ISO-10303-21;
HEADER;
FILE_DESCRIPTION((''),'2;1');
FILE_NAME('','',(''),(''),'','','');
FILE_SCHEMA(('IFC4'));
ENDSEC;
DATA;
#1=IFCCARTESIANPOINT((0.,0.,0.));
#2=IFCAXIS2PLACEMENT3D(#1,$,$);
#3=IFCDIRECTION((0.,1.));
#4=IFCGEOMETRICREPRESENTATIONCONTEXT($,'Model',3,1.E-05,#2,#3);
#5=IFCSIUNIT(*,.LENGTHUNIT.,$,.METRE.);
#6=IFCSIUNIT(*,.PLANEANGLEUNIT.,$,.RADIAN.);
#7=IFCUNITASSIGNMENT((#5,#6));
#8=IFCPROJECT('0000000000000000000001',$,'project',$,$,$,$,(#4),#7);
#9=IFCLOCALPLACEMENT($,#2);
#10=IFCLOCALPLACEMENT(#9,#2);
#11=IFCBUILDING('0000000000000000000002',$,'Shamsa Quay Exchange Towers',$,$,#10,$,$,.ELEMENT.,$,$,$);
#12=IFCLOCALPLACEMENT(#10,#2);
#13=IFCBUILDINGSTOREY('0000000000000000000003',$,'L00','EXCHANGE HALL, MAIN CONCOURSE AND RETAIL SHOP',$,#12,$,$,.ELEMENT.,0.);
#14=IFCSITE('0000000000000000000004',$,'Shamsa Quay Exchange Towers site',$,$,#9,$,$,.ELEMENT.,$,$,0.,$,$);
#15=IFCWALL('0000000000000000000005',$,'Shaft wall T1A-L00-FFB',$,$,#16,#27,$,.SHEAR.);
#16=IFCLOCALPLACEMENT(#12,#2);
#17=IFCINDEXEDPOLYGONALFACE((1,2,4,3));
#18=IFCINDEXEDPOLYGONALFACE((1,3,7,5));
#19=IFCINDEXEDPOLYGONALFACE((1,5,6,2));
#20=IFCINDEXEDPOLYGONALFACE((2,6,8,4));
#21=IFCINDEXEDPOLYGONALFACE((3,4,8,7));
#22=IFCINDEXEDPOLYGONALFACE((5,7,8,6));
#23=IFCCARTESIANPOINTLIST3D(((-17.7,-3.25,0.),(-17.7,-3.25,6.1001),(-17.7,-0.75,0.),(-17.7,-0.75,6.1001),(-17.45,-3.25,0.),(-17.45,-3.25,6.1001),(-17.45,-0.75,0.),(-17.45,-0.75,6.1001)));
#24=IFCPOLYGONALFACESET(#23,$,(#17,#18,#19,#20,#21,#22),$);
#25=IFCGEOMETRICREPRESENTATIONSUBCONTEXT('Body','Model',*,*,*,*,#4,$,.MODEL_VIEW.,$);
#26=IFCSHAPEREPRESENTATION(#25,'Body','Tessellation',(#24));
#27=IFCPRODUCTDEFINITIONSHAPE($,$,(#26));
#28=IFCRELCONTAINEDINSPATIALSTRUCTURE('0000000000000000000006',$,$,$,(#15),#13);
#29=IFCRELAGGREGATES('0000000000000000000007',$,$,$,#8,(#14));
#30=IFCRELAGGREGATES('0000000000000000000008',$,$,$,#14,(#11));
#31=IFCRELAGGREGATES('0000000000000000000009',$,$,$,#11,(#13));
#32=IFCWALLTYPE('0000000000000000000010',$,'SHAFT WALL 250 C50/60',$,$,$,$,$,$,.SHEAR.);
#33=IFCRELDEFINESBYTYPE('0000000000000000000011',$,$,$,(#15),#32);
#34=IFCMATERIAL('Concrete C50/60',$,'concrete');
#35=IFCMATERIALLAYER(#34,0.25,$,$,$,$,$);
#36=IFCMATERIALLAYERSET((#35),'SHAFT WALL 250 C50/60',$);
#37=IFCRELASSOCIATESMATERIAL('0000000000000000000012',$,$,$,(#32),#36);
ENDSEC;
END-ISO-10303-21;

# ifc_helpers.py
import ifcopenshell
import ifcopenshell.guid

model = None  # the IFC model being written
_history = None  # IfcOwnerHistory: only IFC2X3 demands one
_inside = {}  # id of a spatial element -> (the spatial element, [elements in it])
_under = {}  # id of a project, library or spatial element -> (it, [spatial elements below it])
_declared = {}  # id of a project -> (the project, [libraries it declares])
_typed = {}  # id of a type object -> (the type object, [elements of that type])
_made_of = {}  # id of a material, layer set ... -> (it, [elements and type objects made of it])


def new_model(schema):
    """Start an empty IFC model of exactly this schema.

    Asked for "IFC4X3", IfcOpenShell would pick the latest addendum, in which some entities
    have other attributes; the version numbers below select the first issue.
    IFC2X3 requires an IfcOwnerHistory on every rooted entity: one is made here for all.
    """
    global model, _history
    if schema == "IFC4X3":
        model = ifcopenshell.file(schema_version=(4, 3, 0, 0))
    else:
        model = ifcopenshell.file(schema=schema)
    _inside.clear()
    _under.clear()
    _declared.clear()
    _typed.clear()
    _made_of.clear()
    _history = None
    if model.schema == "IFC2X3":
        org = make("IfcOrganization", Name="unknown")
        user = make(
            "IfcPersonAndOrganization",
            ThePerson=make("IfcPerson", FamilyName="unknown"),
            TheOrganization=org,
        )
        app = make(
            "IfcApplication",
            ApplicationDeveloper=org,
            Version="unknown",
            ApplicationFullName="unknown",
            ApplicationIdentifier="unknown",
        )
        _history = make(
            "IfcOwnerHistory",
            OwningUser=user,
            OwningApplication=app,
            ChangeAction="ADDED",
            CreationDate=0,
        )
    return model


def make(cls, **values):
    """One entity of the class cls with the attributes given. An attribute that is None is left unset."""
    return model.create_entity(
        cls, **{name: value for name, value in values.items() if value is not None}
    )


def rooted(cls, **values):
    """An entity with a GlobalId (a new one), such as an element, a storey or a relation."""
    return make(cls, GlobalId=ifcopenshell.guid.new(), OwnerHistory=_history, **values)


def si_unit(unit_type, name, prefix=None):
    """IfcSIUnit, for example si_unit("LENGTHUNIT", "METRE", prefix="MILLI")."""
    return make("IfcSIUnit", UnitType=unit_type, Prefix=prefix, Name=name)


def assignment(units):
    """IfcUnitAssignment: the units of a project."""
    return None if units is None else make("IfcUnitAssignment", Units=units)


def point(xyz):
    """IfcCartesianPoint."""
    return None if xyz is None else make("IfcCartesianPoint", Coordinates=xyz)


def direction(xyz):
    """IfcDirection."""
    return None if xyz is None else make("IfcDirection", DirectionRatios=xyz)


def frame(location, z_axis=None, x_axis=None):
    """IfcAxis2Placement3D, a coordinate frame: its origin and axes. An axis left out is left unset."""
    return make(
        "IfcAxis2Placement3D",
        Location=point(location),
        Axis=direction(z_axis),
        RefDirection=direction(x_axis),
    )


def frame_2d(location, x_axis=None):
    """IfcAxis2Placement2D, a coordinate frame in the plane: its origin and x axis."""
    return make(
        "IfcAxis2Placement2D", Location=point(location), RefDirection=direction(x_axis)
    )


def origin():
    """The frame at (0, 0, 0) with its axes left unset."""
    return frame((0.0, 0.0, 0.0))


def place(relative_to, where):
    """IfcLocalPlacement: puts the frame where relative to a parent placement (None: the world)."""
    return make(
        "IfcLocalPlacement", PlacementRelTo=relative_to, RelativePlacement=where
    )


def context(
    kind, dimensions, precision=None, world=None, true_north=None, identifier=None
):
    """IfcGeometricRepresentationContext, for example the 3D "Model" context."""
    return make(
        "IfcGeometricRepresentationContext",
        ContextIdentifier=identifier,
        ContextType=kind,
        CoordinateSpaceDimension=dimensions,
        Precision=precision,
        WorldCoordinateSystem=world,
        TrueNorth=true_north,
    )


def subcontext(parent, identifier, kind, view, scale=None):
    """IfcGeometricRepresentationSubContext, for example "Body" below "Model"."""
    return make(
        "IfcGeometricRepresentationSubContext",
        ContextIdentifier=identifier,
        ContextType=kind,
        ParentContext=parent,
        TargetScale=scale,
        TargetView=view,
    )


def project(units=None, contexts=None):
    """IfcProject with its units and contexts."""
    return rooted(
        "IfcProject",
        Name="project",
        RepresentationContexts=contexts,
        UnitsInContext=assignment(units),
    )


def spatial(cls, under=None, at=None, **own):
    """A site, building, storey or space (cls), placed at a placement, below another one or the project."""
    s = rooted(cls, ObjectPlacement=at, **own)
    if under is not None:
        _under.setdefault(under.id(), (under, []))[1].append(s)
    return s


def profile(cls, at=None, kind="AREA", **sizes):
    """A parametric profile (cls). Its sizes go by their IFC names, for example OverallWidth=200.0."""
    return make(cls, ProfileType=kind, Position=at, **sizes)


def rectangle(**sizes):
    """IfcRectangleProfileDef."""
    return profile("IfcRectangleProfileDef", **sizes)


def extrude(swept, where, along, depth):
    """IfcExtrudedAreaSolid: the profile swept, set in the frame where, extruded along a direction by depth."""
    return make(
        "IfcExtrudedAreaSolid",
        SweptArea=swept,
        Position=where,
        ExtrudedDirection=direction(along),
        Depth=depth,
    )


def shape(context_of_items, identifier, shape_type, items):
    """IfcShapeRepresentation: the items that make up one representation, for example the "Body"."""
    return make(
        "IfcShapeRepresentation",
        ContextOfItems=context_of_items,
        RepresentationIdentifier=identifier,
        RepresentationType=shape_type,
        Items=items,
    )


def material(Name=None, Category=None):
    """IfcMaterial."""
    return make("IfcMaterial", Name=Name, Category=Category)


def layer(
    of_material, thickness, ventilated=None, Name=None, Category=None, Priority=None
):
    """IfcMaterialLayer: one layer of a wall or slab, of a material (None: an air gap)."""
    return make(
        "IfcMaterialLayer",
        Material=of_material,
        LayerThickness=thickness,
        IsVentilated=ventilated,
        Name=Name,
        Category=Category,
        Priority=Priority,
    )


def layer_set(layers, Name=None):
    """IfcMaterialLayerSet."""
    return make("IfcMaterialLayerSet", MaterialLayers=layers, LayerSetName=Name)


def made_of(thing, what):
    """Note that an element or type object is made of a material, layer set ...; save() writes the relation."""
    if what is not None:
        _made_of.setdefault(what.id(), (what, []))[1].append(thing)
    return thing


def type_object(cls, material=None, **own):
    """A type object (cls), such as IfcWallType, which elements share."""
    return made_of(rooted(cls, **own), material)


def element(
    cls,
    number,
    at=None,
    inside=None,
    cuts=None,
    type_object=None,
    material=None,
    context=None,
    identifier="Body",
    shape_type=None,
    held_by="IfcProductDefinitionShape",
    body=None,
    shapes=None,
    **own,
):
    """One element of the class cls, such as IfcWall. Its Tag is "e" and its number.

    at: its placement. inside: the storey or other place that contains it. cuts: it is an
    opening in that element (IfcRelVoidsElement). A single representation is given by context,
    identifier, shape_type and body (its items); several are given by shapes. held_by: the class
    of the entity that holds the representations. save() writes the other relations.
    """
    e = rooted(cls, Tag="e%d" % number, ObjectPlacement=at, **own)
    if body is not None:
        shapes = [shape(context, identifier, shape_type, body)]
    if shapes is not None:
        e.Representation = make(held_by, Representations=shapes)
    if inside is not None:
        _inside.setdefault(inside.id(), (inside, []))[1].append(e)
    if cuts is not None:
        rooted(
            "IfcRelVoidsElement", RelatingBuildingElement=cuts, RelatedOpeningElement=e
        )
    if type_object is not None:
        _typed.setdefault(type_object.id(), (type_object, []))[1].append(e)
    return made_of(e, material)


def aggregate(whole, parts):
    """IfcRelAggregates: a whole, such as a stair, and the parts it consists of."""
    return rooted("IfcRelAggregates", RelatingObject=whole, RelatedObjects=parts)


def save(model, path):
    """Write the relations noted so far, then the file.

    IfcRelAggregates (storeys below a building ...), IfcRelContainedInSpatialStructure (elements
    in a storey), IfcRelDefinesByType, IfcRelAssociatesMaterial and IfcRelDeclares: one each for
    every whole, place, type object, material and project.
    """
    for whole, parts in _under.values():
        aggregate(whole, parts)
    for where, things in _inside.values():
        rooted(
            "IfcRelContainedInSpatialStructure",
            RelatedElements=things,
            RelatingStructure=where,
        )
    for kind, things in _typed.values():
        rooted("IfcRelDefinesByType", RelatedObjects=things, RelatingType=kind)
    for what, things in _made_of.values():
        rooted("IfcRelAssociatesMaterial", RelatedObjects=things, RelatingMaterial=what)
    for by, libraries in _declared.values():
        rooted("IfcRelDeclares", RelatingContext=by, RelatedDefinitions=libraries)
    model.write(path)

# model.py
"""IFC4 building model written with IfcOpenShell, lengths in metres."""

from ifc_helpers import new_model, si_unit, direction, frame, frame_2d, origin, place, context, subcontext, project, spatial, rectangle, extrude, material, layer, layer_set, type_object, element, save


model = new_model("IFC4")

# Units and contexts
model_context = context("Model", 3, precision=1e-05, world=origin(), true_north=direction((0.0, 1.0)))
body_context = subcontext(model_context, "Body", "Model", "MODEL_VIEW")
ifc_project = project(units=[si_unit("LENGTHUNIT", "METRE"), si_unit("PLANEANGLEUNIT", "RADIAN")], contexts=[model_context])

# Site, building, storey
site_placement = place(None, origin())
site = spatial("IfcSite", under=ifc_project, at=site_placement, Name="Shamsa Quay Exchange Towers site", CompositionType="ELEMENT", RefElevation=0.0)
building_placement = place(site_placement, origin())
building = spatial("IfcBuilding", under=site, at=building_placement, Name="Shamsa Quay Exchange Towers", CompositionType="ELEMENT")
storey_placement = place(building_placement, origin())
storey = spatial("IfcBuildingStorey", under=building, at=storey_placement, Name="L00", Description="EXCHANGE HALL, MAIN CONCOURSE AND RETAIL SHOP", CompositionType="ELEMENT", Elevation=0.0)

# Shared definitions
ifc_material_1 = material(Name="Concrete C50/60", Category="concrete")
ifc_layer_1 = layer(ifc_material_1, 0.25)
ifc_layer_set_1 = layer_set([ifc_layer_1], Name="SHAFT WALL 250 C50/60")
wall_type_1 = type_object("IfcWallType", Name="SHAFT WALL 250 C50/60", PredefinedType="SHEAR", material=ifc_layer_set_1)

# Wall
wall_1_placement = place(storey_placement, frame((-17.575, -3.25, 0.0), z_axis=(0.0, 0.0, 1.0), x_axis=(0.0, 1.0, 0.0)))
element("IfcWall", 1, at=wall_1_placement, inside=storey, type_object=wall_type_1, Name="Shaft wall T1A-L00-FFB", PredefinedType="SHEAR", context=body_context, shape_type="SweptSolid", body=[
    extrude(rectangle(XDim=2.5, YDim=0.25, at=frame_2d((1.25, 0.0))), origin(), (0.0, 0.0, 1.0), 6.1001),
])

save(model, "model.ifc")
